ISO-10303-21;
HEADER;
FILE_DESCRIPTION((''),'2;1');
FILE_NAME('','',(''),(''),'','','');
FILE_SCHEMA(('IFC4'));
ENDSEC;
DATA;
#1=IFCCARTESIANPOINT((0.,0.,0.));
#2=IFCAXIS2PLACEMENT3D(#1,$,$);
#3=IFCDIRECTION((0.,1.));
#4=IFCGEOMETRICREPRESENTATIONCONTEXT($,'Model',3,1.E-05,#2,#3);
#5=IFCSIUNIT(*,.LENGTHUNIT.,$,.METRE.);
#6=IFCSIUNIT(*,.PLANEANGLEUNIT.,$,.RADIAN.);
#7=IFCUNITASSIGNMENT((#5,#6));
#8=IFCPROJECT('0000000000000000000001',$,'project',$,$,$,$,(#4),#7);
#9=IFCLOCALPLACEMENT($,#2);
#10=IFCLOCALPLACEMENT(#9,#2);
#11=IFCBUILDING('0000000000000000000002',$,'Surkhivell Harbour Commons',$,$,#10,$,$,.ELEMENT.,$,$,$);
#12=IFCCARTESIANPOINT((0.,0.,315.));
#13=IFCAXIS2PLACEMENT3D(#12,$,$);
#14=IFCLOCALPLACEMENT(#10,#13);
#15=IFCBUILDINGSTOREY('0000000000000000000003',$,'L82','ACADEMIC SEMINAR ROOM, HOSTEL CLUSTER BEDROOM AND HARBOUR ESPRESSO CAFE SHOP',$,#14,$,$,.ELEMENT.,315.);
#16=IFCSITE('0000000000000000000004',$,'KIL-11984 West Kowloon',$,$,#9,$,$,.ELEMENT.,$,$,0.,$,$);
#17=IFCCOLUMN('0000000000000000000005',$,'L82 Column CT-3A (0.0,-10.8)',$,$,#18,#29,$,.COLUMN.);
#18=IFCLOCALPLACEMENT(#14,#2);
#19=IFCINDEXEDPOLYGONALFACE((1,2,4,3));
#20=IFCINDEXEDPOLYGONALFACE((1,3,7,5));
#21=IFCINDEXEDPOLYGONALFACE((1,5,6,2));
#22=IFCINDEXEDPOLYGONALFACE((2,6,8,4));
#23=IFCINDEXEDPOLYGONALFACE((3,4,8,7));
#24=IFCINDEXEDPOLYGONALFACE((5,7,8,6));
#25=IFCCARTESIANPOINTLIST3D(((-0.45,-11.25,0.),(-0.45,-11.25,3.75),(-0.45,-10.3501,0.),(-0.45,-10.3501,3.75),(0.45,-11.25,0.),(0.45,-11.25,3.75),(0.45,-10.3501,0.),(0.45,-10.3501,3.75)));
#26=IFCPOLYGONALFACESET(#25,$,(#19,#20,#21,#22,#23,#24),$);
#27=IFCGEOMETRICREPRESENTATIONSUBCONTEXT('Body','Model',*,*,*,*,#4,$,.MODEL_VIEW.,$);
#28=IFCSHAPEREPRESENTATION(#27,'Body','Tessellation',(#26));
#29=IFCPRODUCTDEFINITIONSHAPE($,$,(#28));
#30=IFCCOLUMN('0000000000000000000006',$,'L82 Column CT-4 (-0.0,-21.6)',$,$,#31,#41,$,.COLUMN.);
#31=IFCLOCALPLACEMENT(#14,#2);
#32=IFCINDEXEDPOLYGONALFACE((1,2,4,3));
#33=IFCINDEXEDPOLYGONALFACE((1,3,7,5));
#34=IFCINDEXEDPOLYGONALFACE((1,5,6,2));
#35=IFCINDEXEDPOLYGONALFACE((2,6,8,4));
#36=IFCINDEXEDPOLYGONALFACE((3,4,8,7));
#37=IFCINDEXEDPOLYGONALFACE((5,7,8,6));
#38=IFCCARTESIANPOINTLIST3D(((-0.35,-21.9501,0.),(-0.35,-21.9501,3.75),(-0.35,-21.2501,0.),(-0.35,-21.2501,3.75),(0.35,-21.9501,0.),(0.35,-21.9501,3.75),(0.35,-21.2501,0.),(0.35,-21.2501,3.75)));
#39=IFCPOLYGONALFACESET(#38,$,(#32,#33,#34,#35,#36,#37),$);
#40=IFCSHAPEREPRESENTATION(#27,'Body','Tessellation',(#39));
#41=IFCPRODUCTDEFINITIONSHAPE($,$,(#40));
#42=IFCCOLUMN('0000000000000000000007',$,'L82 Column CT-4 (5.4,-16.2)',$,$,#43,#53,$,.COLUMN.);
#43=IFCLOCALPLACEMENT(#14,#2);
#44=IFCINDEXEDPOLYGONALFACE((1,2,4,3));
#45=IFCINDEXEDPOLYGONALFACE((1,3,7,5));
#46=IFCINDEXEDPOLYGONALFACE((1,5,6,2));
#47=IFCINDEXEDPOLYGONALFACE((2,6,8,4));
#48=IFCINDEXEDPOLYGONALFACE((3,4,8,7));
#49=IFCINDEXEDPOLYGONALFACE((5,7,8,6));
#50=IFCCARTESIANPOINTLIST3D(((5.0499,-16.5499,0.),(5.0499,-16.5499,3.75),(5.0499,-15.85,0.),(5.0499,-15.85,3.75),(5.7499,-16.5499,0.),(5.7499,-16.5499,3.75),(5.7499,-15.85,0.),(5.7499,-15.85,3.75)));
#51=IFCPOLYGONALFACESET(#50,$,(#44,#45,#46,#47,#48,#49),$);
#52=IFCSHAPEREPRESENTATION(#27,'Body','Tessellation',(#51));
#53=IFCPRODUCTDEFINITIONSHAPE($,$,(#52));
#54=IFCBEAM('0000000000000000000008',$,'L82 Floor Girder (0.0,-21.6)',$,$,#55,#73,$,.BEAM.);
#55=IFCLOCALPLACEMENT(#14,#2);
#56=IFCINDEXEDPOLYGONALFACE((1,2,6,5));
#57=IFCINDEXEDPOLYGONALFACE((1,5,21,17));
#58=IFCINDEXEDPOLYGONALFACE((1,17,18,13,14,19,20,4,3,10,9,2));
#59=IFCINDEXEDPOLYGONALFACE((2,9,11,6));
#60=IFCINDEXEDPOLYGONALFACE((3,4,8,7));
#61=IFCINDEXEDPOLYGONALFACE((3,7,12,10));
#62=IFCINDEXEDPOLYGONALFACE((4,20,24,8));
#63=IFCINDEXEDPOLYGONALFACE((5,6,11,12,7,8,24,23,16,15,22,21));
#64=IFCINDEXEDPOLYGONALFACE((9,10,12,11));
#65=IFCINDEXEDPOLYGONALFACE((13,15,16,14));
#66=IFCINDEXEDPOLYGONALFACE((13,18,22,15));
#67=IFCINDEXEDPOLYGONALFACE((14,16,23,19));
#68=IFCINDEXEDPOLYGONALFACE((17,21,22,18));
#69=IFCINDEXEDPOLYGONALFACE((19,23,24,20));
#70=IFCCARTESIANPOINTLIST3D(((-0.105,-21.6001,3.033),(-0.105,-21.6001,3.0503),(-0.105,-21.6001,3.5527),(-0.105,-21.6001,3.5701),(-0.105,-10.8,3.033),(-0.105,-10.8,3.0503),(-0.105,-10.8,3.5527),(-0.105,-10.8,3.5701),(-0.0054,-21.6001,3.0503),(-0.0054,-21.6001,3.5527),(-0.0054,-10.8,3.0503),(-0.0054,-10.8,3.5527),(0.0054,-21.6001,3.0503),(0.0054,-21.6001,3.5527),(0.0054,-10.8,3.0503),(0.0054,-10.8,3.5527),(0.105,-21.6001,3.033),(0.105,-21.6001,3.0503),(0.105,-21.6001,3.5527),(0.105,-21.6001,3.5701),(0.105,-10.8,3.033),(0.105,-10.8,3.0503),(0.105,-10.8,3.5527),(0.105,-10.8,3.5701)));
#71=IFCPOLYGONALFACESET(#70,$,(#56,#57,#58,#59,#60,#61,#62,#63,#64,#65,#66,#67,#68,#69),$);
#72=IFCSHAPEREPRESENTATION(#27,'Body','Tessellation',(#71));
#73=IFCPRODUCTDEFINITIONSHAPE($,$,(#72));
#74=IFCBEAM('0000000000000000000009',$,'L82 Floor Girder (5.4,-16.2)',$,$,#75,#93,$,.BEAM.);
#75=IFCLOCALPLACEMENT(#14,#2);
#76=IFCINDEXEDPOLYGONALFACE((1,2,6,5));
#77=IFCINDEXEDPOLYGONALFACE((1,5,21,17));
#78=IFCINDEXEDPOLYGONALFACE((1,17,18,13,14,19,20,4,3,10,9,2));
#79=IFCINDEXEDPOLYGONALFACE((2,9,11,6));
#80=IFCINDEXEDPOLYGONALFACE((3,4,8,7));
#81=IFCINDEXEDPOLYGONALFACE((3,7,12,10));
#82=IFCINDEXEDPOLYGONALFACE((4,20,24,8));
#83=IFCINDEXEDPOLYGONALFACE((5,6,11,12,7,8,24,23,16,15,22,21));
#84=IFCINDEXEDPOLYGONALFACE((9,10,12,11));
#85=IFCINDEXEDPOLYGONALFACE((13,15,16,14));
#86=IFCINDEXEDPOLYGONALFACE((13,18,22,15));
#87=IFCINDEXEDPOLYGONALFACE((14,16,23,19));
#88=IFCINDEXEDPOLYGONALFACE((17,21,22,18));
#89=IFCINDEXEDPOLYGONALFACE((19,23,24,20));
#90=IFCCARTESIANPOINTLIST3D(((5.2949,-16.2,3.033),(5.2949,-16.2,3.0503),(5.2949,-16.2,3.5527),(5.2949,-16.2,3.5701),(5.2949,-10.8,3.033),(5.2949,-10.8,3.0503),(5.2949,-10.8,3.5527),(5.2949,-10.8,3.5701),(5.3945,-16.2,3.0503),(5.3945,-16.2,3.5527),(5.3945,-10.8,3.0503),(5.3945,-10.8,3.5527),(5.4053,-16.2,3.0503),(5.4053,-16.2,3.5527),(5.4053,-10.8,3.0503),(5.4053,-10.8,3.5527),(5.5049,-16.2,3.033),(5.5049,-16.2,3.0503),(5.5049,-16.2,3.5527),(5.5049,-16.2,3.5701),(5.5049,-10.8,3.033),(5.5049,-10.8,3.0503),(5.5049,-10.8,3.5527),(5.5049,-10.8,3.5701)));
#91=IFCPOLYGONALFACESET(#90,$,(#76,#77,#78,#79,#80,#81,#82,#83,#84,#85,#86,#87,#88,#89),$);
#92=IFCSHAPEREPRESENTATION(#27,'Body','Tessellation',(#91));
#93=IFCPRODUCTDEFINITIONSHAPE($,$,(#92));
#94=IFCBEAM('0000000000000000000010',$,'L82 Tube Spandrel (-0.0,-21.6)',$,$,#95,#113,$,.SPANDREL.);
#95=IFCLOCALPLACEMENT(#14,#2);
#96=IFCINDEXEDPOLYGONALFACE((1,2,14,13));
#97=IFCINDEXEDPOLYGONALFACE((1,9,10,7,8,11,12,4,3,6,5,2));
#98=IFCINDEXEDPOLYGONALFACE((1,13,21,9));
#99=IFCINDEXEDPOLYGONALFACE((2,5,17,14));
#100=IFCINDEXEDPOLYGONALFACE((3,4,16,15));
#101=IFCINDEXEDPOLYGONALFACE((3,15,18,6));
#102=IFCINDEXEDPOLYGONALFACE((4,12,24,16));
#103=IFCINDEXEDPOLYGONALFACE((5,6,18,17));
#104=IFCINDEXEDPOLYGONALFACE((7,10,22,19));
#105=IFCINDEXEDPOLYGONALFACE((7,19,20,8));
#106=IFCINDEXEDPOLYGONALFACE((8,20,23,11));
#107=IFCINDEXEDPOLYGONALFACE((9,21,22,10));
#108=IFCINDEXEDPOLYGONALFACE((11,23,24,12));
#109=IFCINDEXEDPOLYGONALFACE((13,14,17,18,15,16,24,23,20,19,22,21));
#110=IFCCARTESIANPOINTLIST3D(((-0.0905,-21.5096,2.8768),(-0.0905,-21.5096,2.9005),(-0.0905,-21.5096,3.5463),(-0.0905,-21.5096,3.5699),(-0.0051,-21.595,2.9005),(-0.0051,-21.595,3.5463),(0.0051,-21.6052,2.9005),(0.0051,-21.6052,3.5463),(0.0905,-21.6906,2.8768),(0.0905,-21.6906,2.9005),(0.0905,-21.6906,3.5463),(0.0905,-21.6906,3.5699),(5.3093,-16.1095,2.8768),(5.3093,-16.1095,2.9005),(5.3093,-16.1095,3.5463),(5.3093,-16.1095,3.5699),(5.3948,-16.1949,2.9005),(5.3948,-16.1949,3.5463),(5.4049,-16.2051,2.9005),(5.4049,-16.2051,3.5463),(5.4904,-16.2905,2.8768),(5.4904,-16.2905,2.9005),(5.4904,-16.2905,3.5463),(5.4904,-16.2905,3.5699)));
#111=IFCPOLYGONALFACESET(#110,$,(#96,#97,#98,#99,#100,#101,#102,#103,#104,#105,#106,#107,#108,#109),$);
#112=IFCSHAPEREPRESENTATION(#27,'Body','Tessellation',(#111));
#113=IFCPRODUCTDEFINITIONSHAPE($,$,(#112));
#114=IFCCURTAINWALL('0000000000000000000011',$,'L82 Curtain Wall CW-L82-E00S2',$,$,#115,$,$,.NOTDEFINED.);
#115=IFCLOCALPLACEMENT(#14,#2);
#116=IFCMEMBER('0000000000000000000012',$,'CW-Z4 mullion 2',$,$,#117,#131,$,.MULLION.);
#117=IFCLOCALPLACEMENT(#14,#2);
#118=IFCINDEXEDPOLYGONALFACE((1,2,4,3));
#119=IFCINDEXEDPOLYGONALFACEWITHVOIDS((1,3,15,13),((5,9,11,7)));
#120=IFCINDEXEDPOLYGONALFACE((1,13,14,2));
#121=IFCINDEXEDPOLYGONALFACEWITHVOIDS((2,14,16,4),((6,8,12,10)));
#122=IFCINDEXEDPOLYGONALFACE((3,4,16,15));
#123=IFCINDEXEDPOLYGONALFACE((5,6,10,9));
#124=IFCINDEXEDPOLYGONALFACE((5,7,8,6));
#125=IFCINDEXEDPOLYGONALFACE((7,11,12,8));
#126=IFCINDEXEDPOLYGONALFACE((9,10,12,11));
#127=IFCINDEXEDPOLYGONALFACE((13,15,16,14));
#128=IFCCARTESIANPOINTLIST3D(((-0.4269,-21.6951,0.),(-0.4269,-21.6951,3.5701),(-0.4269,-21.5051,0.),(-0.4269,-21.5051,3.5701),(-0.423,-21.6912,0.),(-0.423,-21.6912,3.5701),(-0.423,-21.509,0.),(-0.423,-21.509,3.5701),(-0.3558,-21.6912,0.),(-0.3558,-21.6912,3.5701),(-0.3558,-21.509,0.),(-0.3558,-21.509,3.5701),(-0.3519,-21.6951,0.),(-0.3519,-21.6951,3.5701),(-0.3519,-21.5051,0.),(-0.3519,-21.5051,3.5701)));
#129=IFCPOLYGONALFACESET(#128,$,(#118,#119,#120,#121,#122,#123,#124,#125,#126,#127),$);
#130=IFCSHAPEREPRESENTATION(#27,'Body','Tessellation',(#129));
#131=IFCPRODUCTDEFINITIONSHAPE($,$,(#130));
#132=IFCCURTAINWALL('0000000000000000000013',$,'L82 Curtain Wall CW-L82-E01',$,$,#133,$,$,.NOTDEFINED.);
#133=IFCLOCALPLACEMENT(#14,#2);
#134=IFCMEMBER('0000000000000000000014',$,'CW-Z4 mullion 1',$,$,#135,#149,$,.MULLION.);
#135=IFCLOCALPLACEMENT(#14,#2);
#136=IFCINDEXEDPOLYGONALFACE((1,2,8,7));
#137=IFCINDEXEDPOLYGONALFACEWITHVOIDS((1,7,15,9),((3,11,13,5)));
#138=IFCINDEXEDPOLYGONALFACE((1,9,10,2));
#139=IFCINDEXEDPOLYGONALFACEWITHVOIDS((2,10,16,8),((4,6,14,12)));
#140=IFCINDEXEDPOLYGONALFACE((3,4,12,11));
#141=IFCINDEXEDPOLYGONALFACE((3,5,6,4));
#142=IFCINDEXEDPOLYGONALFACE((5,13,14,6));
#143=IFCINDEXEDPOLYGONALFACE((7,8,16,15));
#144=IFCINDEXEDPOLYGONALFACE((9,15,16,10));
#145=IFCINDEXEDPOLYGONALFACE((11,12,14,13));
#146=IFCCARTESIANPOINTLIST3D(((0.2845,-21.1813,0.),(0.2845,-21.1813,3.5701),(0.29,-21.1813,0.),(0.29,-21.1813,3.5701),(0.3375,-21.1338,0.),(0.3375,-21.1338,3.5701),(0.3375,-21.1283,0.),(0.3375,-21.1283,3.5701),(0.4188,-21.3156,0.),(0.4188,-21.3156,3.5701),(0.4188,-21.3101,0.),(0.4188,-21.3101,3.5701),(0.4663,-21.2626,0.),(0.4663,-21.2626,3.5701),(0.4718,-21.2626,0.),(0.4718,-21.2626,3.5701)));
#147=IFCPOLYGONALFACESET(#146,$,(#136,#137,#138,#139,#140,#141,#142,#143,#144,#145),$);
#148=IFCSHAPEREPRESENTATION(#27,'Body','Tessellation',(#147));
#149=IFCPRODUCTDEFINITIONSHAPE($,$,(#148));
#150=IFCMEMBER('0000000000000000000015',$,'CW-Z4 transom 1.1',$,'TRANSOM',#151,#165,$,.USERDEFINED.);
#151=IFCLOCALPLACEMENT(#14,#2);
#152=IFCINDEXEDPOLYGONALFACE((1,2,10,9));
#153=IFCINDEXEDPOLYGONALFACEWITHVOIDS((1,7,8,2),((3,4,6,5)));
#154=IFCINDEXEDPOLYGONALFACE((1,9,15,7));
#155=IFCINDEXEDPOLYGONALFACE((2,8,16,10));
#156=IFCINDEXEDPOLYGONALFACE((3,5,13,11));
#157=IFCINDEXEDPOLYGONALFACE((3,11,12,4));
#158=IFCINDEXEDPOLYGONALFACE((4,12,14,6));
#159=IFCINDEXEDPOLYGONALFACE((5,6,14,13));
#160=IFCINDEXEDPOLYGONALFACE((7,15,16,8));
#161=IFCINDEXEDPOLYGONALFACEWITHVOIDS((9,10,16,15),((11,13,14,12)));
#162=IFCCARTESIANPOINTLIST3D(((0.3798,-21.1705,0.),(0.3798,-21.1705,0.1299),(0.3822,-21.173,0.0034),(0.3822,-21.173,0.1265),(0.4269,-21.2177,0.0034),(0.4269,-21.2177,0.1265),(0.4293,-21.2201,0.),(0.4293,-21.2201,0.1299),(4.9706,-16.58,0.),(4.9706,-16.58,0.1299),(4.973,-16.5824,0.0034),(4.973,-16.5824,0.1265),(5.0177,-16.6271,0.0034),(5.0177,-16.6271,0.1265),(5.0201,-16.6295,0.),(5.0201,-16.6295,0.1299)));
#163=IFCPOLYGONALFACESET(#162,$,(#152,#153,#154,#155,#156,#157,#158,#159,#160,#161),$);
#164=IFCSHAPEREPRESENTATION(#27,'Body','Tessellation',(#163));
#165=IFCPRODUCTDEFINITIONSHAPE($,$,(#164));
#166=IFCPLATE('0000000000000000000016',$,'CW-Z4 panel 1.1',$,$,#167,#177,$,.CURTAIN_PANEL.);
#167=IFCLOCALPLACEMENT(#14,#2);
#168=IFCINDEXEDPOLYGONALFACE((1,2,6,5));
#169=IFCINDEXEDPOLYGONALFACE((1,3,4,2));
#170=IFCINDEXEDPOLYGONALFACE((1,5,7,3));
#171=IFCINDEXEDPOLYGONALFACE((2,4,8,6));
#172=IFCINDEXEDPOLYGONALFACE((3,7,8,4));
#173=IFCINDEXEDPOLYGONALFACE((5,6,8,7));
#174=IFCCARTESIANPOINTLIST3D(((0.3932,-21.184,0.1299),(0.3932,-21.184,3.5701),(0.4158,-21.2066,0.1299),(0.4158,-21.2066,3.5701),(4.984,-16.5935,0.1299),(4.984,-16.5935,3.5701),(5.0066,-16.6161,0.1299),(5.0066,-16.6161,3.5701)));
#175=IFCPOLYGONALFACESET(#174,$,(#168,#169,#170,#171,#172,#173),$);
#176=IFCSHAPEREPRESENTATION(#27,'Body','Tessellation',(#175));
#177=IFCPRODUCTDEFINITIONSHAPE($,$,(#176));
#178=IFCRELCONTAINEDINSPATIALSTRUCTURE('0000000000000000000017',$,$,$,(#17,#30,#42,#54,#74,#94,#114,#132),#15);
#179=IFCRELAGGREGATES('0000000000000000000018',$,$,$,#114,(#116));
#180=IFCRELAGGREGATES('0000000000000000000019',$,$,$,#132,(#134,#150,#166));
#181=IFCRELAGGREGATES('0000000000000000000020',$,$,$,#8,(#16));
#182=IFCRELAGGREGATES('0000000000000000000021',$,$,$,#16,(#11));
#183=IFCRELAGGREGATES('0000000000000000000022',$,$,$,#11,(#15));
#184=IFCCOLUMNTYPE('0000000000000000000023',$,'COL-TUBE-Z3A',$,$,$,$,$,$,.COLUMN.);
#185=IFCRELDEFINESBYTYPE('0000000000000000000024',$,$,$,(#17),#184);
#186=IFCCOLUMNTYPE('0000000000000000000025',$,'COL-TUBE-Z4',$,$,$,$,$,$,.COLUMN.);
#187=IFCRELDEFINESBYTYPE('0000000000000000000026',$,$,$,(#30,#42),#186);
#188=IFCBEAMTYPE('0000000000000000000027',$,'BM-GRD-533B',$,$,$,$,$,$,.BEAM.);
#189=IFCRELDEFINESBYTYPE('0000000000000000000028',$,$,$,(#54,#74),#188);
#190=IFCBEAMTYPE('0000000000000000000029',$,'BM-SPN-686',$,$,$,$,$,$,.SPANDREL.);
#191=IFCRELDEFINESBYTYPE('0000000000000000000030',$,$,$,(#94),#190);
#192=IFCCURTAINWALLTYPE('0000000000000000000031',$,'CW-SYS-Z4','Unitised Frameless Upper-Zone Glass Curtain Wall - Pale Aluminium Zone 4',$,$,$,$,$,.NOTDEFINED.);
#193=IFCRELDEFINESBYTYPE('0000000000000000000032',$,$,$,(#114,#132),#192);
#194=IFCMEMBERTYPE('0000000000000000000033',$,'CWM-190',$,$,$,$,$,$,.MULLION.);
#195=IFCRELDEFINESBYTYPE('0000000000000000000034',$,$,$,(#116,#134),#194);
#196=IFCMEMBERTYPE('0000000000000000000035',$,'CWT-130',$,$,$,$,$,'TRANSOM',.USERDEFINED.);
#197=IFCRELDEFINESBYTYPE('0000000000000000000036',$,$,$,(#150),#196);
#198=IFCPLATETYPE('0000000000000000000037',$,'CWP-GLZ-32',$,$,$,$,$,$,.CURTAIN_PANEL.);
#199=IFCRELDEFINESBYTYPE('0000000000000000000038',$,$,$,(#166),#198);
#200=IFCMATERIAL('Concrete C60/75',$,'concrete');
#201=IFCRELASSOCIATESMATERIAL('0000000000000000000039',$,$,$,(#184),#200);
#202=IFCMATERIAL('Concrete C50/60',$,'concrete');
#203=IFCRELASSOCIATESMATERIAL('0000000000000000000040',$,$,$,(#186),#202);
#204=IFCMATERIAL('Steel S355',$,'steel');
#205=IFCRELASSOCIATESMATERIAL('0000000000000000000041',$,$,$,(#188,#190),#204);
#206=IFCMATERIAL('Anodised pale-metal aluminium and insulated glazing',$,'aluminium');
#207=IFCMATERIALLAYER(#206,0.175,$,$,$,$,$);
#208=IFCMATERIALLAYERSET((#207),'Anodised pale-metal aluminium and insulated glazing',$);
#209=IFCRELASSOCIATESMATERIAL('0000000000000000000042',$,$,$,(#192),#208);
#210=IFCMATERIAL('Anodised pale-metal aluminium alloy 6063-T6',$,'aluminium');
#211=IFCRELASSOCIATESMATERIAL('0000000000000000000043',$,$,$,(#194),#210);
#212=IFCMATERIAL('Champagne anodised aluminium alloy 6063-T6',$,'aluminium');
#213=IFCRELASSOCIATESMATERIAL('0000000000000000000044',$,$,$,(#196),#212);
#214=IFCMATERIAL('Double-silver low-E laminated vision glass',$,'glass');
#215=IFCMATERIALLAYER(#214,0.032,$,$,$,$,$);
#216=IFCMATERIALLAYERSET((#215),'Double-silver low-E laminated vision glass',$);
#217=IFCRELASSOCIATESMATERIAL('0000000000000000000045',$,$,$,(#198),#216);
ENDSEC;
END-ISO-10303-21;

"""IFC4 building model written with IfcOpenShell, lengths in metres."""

from ifc_helpers import new_model, si_unit, direction, frame, frame_2d, origin, origin_2d, place, context, subcontext, project, spatial, rectangle, hollow_rectangle, i_section, extrude, material, layer, layer_set, material_profile, profile_set, type_object, element, aggregate, save


model = new_model("IFC4")

# Units and contexts
model_context = context("Model", 3, precision=1e-05, world=origin(), true_north=direction((0.0, 1.0)))
body_context = subcontext(model_context, "Body", "Model", "MODEL_VIEW")
ifc_project = project(units=[si_unit("LENGTHUNIT", "METRE"), si_unit("PLANEANGLEUNIT", "RADIAN")], contexts=[model_context])

# Site, building, storey
site_placement = place(None, origin())
site = spatial("IfcSite", under=ifc_project, at=site_placement, Name="KIL-11984 West Kowloon", CompositionType="ELEMENT", RefElevation=0.0)
building_placement = place(site_placement, origin())
building = spatial("IfcBuilding", under=site, at=building_placement, Name="Surkhivell Harbour Commons", CompositionType="ELEMENT")
storey_placement = place(building_placement, frame((0.0, 0.0, 315.0)))
storey = spatial("IfcBuildingStorey", under=building, at=storey_placement, Name="L82", Description="ACADEMIC SEMINAR ROOM, HOSTEL CLUSTER BEDROOM AND HARBOUR ESPRESSO CAFE SHOP", CompositionType="ELEMENT", Elevation=315.0)

# Columns
ifc_material_1 = material(Name="Concrete C60/75", Category="concrete")
ifc_material_profile_1 = material_profile(ifc_material_1, rectangle(XDim=0.8999, YDim=0.8999, at=origin_2d()), Name="RC-COL-900x900")
ifc_profile_set_1 = profile_set([ifc_material_profile_1], Name="Concrete C60/75")
column_type_1 = type_object("IfcColumnType", Name="COL-TUBE-Z3A", PredefinedType="COLUMN", material=ifc_profile_set_1)
column_placement = place(storey_placement, frame((0.0, -10.8, 0.0), z_axis=(0.0, 0.0, 1.0), x_axis=(1.0, 0.0, 0.0)))
element("IfcColumn", 1, at=column_placement, inside=storey, type_object=column_type_1, Name="L82 Column CT-3A (0.0,-10.8)", PredefinedType="COLUMN", context=body_context, shape_type="SweptSolid", body=[
    extrude(rectangle(XDim=0.8999, YDim=0.8999, at=origin_2d()), origin(), (0.0, 0.0, 1.0), 3.75),
])
ifc_material_2 = material(Name="Concrete C50/60", Category="concrete")
ifc_material_profile_2 = material_profile(ifc_material_2, rectangle(XDim=0.7, YDim=0.7, at=origin_2d()), Name="RC-COL-700x700")
ifc_profile_set_2 = profile_set([ifc_material_profile_2], Name="Concrete C50/60")
column_type_2 = type_object("IfcColumnType", Name="COL-TUBE-Z4", PredefinedType="COLUMN", material=ifc_profile_set_2)
for number, where, z_axis, x_axis, name in (
    (2, (0.0, -21.6001, 0.0), (0.0, 0.0, 1.0), (1.0, 0.0, 0.0), "L82 Column CT-4 (-0.0,-21.6)"),
    (3, (5.3999, -16.2, 0.0), (0.0, 0.0, 1.0), (1.0, 0.0, 0.0), "L82 Column CT-4 (5.4,-16.2)"),
):
    element("IfcColumn", number, at=place(storey_placement, frame(where, z_axis=z_axis, x_axis=x_axis)), inside=storey, type_object=column_type_2, Name=name, PredefinedType="COLUMN", context=body_context, shape_type="SweptSolid", body=[
        extrude(rectangle(XDim=0.7, YDim=0.7, at=origin_2d()), origin(), (0.0, 0.0, 1.0), 3.75),
    ])

# Beams
ifc_material_3 = material(Name="Steel S355", Category="steel")
ifc_material_profile_3 = material_profile(ifc_material_3, i_section(OverallWidth=0.21, OverallDepth=0.5371, WebThickness=0.0107, FlangeThickness=0.0173, at=origin_2d()), Name="UB533x210x101")
ifc_profile_set_3 = profile_set([ifc_material_profile_3], Name="Steel S355")
beam_type_1 = type_object("IfcBeamType", Name="BM-GRD-533B", PredefinedType="BEAM", material=ifc_profile_set_3)
beam_1_placement = place(storey_placement, frame((0.0, -21.6001, 3.3015), z_axis=(0.0, 1.0, 0.0), x_axis=(-1.0, 0.0, 0.0)))
element("IfcBeam", 4, at=beam_1_placement, inside=storey, type_object=beam_type_1, Name="L82 Floor Girder (0.0,-21.6)", PredefinedType="BEAM", context=body_context, shape_type="SweptSolid", body=[
    extrude(i_section(OverallWidth=0.21, OverallDepth=0.5371, WebThickness=0.0107, FlangeThickness=0.0173, at=origin_2d()), origin(), (0.0, 0.0, 1.0), 10.8),
])
beam_2_placement = place(storey_placement, frame((5.3999, -16.2, 3.3015), z_axis=(0.0, 1.0, 0.0), x_axis=(-1.0, 0.0, 0.0)))
element("IfcBeam", 5, at=beam_2_placement, inside=storey, type_object=beam_type_1, Name="L82 Floor Girder (5.4,-16.2)", PredefinedType="BEAM", context=body_context, shape_type="SweptSolid", body=[
    extrude(i_section(OverallWidth=0.21, OverallDepth=0.5371, WebThickness=0.0107, FlangeThickness=0.0173, at=origin_2d()), origin(), (0.0, 0.0, 1.0), 5.3999),
])
ifc_material_profile_4 = material_profile(ifc_material_3, i_section(OverallWidth=0.2561, OverallDepth=0.6931, WebThickness=0.0144, FlangeThickness=0.0237, at=origin_2d()), Name="UB686x254x170")
ifc_profile_set_4 = profile_set([ifc_material_profile_4], Name="Steel S355")
beam_type_2 = type_object("IfcBeamType", Name="BM-SPN-686", PredefinedType="SPANDREL", material=ifc_profile_set_4)
beam_3_placement = place(storey_placement, frame((0.0, -21.6001, 3.2234), z_axis=(0.707091, 0.707123, 0.0), x_axis=(-0.707123, 0.707091, 0.0)))
element("IfcBeam", 6, at=beam_3_placement, inside=storey, type_object=beam_type_2, Name="L82 Tube Spandrel (-0.0,-21.6)", PredefinedType="SPANDREL", context=body_context, shape_type="SweptSolid", body=[
    extrude(i_section(OverallWidth=0.2561, OverallDepth=0.6931, WebThickness=0.0144, FlangeThickness=0.0237, at=origin_2d()), origin(), (0.0, 0.0, 1.0), 7.6367),
])

# Curtain wall, member
ifc_material_4 = material(Name="Anodised pale-metal aluminium and insulated glazing", Category="aluminium")
ifc_layer_1 = layer(ifc_material_4, 0.175)
ifc_layer_set_1 = layer_set([ifc_layer_1], Name="Anodised pale-metal aluminium and insulated glazing")
curtain_wall_type = type_object("IfcCurtainWallType", Name="CW-SYS-Z4", Description="Unitised Frameless Upper-Zone Glass Curtain Wall - Pale Aluminium Zone 4", PredefinedType="NOTDEFINED", material=ifc_layer_set_1)
curtain_wall_1_placement = place(storey_placement, origin())
curtain_wall_1 = element("IfcCurtainWall", 7, at=curtain_wall_1_placement, inside=storey, type_object=curtain_wall_type, Name="L82 Curtain Wall CW-L82-E00S2", PredefinedType="NOTDEFINED")
ifc_material_5 = material(Name="Anodised pale-metal aluminium alloy 6063-T6", Category="aluminium")
ifc_material_profile_5 = material_profile(ifc_material_5, hollow_rectangle(XDim=0.075, YDim=0.1899, WallThickness=0.0039, at=origin_2d()), Name="ALU-MULL-75x190")
ifc_profile_set_5 = profile_set([ifc_material_profile_5], Name="Anodised pale-metal aluminium alloy 6063-T6")
member_type_1 = type_object("IfcMemberType", Name="CWM-190", PredefinedType="MULLION", material=ifc_profile_set_5)
member_1_placement = place(storey_placement, frame((-0.3894, -21.6001, 0.0), z_axis=(0.0, 0.0, 1.0), x_axis=(1.0, 0.0, 0.0)))
member_1 = element("IfcMember", 8, at=member_1_placement, type_object=member_type_1, Name="CW-Z4 mullion 2", PredefinedType="MULLION", context=body_context, shape_type="SweptSolid", body=[
    extrude(hollow_rectangle(XDim=0.075, YDim=0.1899, WallThickness=0.0039, at=origin_2d()), origin(), (0.0, 0.0, 1.0), 3.5701),
])
aggregate(curtain_wall_1, [member_1])

# Curtain wall, members, plate
curtain_wall_2_placement = place(storey_placement, origin())
curtain_wall_2 = element("IfcCurtainWall", 9, at=curtain_wall_2_placement, inside=storey, type_object=curtain_wall_type, Name="L82 Curtain Wall CW-L82-E01", PredefinedType="NOTDEFINED")
member_2_placement = place(storey_placement, frame((0.3782, -21.2219, 0.0), z_axis=(0.0, 0.0, 1.0), x_axis=(0.707107, 0.707107, 0.0)))
member_2 = element("IfcMember", 10, at=member_2_placement, type_object=member_type_1, Name="CW-Z4 mullion 1", PredefinedType="MULLION", context=body_context, shape_type="SweptSolid", body=[
    extrude(hollow_rectangle(XDim=0.075, YDim=0.1899, WallThickness=0.0039, at=origin_2d()), origin(), (0.0, 0.0, 1.0), 3.5701),
])
ifc_material_6 = material(Name="Champagne anodised aluminium alloy 6063-T6", Category="aluminium")
ifc_material_profile_6 = material_profile(ifc_material_6, hollow_rectangle(XDim=0.0701, YDim=0.1299, WallThickness=0.0034, at=origin_2d()), Name="ALU-TRAN-70x130")
ifc_profile_set_6 = profile_set([ifc_material_profile_6], Name="Champagne anodised aluminium alloy 6063-T6")
member_type_2 = type_object("IfcMemberType", Name="CWT-130", ElementType="TRANSOM", PredefinedType="USERDEFINED", material=ifc_profile_set_6)
member_3_placement = place(storey_placement, frame((0.4045, -21.1953, 0.0649), z_axis=(0.707126, 0.707088, 0.0), x_axis=(-0.707088, 0.707126, 0.0)))
member_3 = element("IfcMember", 11, at=member_3_placement, type_object=member_type_2, Name="CW-Z4 transom 1.1", ObjectType="TRANSOM", PredefinedType="USERDEFINED", context=body_context, shape_type="SweptSolid", body=[
    extrude(hollow_rectangle(XDim=0.0701, YDim=0.1299, WallThickness=0.0034, at=origin_2d()), origin(), (0.0, 0.0, 1.0), 6.4922),
])
ifc_material_7 = material(Name="Double-silver low-E laminated vision glass", Category="glass")
ifc_layer_2 = layer(ifc_material_7, 0.032)
ifc_layer_set_2 = layer_set([ifc_layer_2], Name="Double-silver low-E laminated vision glass")
plate_type = type_object("IfcPlateType", Name="CWP-GLZ-32", PredefinedType="CURTAIN_PANEL", material=ifc_layer_set_2)
plate_placement = place(storey_placement, frame((0.4045, -21.1953, 0.1299), z_axis=(0.0, 0.0, 1.0), x_axis=(0.707126, 0.707088, 0.0)))
plate = element("IfcPlate", 12, at=plate_placement, type_object=plate_type, Name="CW-Z4 panel 1.1", PredefinedType="CURTAIN_PANEL", context=body_context, shape_type="SweptSolid", body=[
    extrude(rectangle(XDim=6.4922, YDim=0.032, at=frame_2d((3.2461, 0.0))), origin(), (0.0, 0.0, 1.0), 3.4402),
])
aggregate(curtain_wall_2, [member_2, member_3, plate])

save(model, "model.ifc")
